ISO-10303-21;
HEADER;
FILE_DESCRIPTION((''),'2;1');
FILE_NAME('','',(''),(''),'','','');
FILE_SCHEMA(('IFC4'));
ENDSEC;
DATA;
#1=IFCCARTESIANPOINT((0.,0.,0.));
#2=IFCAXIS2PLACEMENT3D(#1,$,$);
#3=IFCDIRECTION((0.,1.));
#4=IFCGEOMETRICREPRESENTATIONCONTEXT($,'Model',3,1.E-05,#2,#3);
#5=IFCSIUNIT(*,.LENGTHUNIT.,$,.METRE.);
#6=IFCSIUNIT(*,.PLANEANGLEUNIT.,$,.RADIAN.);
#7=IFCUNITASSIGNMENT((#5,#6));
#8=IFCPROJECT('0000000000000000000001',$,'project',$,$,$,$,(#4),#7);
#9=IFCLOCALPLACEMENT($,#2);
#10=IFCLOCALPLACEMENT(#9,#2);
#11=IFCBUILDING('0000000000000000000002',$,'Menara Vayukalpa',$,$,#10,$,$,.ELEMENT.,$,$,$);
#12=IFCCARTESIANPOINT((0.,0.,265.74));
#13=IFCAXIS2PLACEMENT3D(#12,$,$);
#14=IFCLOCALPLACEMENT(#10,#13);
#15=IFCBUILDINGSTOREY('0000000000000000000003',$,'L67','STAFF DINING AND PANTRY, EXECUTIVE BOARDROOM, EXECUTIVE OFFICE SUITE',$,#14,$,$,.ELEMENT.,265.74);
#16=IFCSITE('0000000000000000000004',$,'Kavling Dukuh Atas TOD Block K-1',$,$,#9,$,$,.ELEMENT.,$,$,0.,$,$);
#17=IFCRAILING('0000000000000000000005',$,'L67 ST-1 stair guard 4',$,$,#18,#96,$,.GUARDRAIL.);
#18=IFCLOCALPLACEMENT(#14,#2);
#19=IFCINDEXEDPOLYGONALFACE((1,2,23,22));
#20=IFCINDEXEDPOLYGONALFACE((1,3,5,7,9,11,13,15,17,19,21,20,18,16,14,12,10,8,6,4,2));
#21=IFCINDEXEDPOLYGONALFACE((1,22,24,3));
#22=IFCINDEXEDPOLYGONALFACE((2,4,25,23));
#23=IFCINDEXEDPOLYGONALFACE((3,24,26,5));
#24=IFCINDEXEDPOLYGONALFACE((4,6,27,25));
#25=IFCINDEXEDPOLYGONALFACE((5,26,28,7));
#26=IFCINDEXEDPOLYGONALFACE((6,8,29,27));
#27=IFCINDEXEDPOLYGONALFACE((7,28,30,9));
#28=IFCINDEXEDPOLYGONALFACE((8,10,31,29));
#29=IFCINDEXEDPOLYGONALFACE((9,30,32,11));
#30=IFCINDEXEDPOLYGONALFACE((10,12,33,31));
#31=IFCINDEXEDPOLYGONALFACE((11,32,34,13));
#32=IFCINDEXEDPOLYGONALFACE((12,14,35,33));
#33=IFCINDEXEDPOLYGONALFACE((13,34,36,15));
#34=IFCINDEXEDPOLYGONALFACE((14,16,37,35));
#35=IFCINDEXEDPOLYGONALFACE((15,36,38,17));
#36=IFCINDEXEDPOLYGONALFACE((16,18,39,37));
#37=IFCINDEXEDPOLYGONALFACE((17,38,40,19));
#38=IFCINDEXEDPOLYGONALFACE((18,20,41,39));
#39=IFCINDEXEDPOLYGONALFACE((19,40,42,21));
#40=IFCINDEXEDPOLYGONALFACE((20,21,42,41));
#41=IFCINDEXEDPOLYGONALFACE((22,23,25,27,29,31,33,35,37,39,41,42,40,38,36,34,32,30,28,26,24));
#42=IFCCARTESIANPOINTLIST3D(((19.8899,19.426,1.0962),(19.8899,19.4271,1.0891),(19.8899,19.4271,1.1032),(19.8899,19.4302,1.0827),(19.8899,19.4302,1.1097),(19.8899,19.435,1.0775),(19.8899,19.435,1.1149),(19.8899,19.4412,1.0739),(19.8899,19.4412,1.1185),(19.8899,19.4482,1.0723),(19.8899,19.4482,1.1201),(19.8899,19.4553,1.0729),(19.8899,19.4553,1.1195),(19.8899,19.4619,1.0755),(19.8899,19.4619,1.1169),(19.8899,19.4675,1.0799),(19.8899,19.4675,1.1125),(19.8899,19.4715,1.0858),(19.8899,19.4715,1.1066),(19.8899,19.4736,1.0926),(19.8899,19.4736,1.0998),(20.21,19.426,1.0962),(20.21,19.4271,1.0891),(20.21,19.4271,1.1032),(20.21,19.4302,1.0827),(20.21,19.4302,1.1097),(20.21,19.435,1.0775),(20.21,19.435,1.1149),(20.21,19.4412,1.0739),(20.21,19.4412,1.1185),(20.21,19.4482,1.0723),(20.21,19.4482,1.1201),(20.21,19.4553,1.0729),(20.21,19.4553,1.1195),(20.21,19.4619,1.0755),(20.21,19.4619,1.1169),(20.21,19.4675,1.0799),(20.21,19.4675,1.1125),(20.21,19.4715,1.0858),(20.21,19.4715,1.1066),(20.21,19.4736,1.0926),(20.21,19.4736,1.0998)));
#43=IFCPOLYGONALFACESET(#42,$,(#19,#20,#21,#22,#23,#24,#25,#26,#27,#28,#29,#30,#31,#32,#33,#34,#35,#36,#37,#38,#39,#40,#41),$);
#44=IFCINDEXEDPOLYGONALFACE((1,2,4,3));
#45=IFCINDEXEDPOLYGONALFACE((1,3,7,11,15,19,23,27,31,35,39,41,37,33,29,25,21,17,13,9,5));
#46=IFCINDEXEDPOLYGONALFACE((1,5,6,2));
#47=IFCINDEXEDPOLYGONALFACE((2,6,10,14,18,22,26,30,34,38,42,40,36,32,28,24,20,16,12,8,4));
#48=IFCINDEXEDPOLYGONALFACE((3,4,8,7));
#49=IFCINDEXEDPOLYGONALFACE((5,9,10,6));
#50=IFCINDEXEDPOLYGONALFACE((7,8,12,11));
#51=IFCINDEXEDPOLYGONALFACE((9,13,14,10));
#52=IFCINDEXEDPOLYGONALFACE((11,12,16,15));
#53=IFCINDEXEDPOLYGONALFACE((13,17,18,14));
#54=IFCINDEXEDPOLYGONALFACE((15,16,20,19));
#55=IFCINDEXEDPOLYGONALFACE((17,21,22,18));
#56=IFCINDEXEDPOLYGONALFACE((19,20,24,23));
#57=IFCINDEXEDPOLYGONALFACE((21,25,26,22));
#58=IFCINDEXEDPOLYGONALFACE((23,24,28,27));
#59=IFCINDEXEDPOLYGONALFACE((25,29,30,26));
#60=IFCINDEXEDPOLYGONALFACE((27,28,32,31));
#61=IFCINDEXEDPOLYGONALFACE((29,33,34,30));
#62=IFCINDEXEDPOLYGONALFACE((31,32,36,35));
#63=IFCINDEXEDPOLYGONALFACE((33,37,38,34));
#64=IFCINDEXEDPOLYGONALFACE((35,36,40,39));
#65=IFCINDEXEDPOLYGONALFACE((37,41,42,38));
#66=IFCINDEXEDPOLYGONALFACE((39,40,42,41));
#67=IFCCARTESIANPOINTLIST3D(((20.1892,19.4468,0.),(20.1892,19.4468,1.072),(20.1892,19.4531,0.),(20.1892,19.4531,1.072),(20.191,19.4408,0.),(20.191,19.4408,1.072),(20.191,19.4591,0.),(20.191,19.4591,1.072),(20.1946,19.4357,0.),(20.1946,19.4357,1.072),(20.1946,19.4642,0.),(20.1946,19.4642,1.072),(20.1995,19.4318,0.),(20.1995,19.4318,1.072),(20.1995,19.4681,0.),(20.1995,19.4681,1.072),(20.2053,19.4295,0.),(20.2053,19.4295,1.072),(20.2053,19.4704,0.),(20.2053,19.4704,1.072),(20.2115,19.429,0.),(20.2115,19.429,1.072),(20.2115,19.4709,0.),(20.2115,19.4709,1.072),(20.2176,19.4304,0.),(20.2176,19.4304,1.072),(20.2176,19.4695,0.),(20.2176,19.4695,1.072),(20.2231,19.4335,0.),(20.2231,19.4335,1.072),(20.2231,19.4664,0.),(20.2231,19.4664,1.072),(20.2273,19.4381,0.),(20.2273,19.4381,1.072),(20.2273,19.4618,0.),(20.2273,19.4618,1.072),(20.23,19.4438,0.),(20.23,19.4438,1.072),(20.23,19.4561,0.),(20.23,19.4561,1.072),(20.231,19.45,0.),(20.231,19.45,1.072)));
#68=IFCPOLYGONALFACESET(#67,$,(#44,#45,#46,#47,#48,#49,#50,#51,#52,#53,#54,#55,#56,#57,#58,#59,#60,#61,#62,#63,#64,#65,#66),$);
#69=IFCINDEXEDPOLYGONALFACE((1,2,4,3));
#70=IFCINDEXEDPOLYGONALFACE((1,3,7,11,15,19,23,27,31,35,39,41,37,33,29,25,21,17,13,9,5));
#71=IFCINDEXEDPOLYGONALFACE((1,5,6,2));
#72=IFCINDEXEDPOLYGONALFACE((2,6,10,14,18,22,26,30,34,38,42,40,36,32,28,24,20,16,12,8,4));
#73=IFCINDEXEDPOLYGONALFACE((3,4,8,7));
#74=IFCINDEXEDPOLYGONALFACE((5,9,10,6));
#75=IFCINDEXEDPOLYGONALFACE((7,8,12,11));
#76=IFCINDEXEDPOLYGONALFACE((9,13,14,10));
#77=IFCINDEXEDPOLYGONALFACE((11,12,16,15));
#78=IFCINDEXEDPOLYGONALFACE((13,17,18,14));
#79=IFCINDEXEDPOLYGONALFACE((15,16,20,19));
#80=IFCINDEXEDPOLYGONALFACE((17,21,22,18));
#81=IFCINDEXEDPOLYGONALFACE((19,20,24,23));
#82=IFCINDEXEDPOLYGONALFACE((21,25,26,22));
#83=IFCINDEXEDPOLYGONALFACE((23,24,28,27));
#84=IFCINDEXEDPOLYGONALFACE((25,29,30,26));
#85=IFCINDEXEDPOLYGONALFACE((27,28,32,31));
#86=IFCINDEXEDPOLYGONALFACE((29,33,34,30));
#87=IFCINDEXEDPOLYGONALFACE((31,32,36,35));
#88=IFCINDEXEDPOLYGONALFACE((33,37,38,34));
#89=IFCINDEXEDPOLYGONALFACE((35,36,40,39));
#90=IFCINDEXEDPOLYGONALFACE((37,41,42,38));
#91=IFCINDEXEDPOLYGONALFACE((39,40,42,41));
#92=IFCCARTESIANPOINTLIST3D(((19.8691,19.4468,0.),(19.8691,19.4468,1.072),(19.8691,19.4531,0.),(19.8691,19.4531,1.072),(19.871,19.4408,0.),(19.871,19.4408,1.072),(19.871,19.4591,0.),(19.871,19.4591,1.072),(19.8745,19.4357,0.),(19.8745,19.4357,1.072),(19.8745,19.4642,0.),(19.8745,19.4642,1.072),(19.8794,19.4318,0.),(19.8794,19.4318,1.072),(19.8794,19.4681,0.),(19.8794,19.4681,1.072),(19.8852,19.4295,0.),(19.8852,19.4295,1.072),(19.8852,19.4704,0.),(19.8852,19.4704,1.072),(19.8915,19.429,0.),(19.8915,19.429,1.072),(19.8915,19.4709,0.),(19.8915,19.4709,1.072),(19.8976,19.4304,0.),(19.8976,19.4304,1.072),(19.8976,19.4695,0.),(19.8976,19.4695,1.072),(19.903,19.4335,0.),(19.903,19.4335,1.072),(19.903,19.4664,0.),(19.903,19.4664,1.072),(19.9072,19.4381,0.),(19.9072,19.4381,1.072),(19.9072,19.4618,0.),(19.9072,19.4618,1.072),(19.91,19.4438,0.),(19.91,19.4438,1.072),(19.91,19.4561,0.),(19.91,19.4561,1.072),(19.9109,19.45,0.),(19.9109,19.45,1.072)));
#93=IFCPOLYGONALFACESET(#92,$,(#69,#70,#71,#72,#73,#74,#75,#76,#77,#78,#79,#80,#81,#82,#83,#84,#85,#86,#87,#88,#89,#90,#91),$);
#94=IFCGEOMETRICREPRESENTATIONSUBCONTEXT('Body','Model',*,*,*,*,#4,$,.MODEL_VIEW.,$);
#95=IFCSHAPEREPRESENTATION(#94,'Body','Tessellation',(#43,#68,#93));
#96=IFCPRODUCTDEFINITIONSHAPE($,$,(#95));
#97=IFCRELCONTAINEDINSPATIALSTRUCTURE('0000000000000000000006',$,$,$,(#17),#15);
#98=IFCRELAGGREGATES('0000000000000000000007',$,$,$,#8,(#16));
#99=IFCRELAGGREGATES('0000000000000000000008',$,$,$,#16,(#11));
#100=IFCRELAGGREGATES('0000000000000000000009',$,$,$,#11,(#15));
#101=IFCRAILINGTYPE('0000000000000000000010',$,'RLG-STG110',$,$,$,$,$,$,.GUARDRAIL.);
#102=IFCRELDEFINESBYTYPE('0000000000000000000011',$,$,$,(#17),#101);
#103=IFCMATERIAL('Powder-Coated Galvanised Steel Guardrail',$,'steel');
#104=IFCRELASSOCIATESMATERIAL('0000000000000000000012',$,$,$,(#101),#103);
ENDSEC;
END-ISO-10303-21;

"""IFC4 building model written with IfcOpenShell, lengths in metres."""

from ifc_helpers import new_model, si_unit, direction, frame, origin, origin_2d, place, context, subcontext, project, spatial, circle, extrude, material, type_object, element, save


model = new_model("IFC4")

# Units and contexts
model_context = context("Model", 3, precision=1e-05, world=origin(), true_north=direction((0.0, 1.0)))
body_context = subcontext(model_context, "Body", "Model", "MODEL_VIEW")
ifc_project = project(units=[si_unit("LENGTHUNIT", "METRE"), si_unit("PLANEANGLEUNIT", "RADIAN")], contexts=[model_context])

# Site, building, storey
site_placement = place(None, origin())
site = spatial("IfcSite", under=ifc_project, at=site_placement, Name="Kavling Dukuh Atas TOD Block K-1", CompositionType="ELEMENT", RefElevation=0.0)
building_placement = place(site_placement, origin())
building = spatial("IfcBuilding", under=site, at=building_placement, Name="Menara Vayukalpa", CompositionType="ELEMENT")
storey_placement = place(building_placement, frame((0.0, 0.0, 265.74)))
storey = spatial("IfcBuildingStorey", under=building, at=storey_placement, Name="L67", Description="STAFF DINING AND PANTRY, EXECUTIVE BOARDROOM, EXECUTIVE OFFICE SUITE", CompositionType="ELEMENT", Elevation=265.74)

# Railing
ifc_material_1 = material(Name="Powder-Coated Galvanised Steel Guardrail", Category="steel")
railing_type_1 = type_object("IfcRailingType", Name="RLG-STG110", PredefinedType="GUARDRAIL", material=ifc_material_1)
railing_1_placement = place(storey_placement, frame((20.21, 19.45, 0.0)))
element("IfcRailing", 1, at=railing_1_placement, inside=storey, type_object=railing_type_1, Name="L67 ST-1 stair guard 4", PredefinedType="GUARDRAIL", context=body_context, shape_type="SweptSolid", body=[
    extrude(circle(Radius=0.0239, at=origin_2d()), frame((0.0, 0.0, 1.0962), z_axis=(-1.0, 0.0, 0.0), x_axis=(0.0, -1.0, 0.0)), (0.0, 0.0, 1.0), 0.3201),
    extrude(circle(Radius=0.021, at=origin_2d()), origin(), (0.0, 0.0, 1.0), 1.072),
    extrude(circle(Radius=0.021, at=origin_2d()), frame((-0.3201, 0.0, 0.0)), (0.0, 0.0, 1.0), 1.072),
])

save(model, "model.ifc")
